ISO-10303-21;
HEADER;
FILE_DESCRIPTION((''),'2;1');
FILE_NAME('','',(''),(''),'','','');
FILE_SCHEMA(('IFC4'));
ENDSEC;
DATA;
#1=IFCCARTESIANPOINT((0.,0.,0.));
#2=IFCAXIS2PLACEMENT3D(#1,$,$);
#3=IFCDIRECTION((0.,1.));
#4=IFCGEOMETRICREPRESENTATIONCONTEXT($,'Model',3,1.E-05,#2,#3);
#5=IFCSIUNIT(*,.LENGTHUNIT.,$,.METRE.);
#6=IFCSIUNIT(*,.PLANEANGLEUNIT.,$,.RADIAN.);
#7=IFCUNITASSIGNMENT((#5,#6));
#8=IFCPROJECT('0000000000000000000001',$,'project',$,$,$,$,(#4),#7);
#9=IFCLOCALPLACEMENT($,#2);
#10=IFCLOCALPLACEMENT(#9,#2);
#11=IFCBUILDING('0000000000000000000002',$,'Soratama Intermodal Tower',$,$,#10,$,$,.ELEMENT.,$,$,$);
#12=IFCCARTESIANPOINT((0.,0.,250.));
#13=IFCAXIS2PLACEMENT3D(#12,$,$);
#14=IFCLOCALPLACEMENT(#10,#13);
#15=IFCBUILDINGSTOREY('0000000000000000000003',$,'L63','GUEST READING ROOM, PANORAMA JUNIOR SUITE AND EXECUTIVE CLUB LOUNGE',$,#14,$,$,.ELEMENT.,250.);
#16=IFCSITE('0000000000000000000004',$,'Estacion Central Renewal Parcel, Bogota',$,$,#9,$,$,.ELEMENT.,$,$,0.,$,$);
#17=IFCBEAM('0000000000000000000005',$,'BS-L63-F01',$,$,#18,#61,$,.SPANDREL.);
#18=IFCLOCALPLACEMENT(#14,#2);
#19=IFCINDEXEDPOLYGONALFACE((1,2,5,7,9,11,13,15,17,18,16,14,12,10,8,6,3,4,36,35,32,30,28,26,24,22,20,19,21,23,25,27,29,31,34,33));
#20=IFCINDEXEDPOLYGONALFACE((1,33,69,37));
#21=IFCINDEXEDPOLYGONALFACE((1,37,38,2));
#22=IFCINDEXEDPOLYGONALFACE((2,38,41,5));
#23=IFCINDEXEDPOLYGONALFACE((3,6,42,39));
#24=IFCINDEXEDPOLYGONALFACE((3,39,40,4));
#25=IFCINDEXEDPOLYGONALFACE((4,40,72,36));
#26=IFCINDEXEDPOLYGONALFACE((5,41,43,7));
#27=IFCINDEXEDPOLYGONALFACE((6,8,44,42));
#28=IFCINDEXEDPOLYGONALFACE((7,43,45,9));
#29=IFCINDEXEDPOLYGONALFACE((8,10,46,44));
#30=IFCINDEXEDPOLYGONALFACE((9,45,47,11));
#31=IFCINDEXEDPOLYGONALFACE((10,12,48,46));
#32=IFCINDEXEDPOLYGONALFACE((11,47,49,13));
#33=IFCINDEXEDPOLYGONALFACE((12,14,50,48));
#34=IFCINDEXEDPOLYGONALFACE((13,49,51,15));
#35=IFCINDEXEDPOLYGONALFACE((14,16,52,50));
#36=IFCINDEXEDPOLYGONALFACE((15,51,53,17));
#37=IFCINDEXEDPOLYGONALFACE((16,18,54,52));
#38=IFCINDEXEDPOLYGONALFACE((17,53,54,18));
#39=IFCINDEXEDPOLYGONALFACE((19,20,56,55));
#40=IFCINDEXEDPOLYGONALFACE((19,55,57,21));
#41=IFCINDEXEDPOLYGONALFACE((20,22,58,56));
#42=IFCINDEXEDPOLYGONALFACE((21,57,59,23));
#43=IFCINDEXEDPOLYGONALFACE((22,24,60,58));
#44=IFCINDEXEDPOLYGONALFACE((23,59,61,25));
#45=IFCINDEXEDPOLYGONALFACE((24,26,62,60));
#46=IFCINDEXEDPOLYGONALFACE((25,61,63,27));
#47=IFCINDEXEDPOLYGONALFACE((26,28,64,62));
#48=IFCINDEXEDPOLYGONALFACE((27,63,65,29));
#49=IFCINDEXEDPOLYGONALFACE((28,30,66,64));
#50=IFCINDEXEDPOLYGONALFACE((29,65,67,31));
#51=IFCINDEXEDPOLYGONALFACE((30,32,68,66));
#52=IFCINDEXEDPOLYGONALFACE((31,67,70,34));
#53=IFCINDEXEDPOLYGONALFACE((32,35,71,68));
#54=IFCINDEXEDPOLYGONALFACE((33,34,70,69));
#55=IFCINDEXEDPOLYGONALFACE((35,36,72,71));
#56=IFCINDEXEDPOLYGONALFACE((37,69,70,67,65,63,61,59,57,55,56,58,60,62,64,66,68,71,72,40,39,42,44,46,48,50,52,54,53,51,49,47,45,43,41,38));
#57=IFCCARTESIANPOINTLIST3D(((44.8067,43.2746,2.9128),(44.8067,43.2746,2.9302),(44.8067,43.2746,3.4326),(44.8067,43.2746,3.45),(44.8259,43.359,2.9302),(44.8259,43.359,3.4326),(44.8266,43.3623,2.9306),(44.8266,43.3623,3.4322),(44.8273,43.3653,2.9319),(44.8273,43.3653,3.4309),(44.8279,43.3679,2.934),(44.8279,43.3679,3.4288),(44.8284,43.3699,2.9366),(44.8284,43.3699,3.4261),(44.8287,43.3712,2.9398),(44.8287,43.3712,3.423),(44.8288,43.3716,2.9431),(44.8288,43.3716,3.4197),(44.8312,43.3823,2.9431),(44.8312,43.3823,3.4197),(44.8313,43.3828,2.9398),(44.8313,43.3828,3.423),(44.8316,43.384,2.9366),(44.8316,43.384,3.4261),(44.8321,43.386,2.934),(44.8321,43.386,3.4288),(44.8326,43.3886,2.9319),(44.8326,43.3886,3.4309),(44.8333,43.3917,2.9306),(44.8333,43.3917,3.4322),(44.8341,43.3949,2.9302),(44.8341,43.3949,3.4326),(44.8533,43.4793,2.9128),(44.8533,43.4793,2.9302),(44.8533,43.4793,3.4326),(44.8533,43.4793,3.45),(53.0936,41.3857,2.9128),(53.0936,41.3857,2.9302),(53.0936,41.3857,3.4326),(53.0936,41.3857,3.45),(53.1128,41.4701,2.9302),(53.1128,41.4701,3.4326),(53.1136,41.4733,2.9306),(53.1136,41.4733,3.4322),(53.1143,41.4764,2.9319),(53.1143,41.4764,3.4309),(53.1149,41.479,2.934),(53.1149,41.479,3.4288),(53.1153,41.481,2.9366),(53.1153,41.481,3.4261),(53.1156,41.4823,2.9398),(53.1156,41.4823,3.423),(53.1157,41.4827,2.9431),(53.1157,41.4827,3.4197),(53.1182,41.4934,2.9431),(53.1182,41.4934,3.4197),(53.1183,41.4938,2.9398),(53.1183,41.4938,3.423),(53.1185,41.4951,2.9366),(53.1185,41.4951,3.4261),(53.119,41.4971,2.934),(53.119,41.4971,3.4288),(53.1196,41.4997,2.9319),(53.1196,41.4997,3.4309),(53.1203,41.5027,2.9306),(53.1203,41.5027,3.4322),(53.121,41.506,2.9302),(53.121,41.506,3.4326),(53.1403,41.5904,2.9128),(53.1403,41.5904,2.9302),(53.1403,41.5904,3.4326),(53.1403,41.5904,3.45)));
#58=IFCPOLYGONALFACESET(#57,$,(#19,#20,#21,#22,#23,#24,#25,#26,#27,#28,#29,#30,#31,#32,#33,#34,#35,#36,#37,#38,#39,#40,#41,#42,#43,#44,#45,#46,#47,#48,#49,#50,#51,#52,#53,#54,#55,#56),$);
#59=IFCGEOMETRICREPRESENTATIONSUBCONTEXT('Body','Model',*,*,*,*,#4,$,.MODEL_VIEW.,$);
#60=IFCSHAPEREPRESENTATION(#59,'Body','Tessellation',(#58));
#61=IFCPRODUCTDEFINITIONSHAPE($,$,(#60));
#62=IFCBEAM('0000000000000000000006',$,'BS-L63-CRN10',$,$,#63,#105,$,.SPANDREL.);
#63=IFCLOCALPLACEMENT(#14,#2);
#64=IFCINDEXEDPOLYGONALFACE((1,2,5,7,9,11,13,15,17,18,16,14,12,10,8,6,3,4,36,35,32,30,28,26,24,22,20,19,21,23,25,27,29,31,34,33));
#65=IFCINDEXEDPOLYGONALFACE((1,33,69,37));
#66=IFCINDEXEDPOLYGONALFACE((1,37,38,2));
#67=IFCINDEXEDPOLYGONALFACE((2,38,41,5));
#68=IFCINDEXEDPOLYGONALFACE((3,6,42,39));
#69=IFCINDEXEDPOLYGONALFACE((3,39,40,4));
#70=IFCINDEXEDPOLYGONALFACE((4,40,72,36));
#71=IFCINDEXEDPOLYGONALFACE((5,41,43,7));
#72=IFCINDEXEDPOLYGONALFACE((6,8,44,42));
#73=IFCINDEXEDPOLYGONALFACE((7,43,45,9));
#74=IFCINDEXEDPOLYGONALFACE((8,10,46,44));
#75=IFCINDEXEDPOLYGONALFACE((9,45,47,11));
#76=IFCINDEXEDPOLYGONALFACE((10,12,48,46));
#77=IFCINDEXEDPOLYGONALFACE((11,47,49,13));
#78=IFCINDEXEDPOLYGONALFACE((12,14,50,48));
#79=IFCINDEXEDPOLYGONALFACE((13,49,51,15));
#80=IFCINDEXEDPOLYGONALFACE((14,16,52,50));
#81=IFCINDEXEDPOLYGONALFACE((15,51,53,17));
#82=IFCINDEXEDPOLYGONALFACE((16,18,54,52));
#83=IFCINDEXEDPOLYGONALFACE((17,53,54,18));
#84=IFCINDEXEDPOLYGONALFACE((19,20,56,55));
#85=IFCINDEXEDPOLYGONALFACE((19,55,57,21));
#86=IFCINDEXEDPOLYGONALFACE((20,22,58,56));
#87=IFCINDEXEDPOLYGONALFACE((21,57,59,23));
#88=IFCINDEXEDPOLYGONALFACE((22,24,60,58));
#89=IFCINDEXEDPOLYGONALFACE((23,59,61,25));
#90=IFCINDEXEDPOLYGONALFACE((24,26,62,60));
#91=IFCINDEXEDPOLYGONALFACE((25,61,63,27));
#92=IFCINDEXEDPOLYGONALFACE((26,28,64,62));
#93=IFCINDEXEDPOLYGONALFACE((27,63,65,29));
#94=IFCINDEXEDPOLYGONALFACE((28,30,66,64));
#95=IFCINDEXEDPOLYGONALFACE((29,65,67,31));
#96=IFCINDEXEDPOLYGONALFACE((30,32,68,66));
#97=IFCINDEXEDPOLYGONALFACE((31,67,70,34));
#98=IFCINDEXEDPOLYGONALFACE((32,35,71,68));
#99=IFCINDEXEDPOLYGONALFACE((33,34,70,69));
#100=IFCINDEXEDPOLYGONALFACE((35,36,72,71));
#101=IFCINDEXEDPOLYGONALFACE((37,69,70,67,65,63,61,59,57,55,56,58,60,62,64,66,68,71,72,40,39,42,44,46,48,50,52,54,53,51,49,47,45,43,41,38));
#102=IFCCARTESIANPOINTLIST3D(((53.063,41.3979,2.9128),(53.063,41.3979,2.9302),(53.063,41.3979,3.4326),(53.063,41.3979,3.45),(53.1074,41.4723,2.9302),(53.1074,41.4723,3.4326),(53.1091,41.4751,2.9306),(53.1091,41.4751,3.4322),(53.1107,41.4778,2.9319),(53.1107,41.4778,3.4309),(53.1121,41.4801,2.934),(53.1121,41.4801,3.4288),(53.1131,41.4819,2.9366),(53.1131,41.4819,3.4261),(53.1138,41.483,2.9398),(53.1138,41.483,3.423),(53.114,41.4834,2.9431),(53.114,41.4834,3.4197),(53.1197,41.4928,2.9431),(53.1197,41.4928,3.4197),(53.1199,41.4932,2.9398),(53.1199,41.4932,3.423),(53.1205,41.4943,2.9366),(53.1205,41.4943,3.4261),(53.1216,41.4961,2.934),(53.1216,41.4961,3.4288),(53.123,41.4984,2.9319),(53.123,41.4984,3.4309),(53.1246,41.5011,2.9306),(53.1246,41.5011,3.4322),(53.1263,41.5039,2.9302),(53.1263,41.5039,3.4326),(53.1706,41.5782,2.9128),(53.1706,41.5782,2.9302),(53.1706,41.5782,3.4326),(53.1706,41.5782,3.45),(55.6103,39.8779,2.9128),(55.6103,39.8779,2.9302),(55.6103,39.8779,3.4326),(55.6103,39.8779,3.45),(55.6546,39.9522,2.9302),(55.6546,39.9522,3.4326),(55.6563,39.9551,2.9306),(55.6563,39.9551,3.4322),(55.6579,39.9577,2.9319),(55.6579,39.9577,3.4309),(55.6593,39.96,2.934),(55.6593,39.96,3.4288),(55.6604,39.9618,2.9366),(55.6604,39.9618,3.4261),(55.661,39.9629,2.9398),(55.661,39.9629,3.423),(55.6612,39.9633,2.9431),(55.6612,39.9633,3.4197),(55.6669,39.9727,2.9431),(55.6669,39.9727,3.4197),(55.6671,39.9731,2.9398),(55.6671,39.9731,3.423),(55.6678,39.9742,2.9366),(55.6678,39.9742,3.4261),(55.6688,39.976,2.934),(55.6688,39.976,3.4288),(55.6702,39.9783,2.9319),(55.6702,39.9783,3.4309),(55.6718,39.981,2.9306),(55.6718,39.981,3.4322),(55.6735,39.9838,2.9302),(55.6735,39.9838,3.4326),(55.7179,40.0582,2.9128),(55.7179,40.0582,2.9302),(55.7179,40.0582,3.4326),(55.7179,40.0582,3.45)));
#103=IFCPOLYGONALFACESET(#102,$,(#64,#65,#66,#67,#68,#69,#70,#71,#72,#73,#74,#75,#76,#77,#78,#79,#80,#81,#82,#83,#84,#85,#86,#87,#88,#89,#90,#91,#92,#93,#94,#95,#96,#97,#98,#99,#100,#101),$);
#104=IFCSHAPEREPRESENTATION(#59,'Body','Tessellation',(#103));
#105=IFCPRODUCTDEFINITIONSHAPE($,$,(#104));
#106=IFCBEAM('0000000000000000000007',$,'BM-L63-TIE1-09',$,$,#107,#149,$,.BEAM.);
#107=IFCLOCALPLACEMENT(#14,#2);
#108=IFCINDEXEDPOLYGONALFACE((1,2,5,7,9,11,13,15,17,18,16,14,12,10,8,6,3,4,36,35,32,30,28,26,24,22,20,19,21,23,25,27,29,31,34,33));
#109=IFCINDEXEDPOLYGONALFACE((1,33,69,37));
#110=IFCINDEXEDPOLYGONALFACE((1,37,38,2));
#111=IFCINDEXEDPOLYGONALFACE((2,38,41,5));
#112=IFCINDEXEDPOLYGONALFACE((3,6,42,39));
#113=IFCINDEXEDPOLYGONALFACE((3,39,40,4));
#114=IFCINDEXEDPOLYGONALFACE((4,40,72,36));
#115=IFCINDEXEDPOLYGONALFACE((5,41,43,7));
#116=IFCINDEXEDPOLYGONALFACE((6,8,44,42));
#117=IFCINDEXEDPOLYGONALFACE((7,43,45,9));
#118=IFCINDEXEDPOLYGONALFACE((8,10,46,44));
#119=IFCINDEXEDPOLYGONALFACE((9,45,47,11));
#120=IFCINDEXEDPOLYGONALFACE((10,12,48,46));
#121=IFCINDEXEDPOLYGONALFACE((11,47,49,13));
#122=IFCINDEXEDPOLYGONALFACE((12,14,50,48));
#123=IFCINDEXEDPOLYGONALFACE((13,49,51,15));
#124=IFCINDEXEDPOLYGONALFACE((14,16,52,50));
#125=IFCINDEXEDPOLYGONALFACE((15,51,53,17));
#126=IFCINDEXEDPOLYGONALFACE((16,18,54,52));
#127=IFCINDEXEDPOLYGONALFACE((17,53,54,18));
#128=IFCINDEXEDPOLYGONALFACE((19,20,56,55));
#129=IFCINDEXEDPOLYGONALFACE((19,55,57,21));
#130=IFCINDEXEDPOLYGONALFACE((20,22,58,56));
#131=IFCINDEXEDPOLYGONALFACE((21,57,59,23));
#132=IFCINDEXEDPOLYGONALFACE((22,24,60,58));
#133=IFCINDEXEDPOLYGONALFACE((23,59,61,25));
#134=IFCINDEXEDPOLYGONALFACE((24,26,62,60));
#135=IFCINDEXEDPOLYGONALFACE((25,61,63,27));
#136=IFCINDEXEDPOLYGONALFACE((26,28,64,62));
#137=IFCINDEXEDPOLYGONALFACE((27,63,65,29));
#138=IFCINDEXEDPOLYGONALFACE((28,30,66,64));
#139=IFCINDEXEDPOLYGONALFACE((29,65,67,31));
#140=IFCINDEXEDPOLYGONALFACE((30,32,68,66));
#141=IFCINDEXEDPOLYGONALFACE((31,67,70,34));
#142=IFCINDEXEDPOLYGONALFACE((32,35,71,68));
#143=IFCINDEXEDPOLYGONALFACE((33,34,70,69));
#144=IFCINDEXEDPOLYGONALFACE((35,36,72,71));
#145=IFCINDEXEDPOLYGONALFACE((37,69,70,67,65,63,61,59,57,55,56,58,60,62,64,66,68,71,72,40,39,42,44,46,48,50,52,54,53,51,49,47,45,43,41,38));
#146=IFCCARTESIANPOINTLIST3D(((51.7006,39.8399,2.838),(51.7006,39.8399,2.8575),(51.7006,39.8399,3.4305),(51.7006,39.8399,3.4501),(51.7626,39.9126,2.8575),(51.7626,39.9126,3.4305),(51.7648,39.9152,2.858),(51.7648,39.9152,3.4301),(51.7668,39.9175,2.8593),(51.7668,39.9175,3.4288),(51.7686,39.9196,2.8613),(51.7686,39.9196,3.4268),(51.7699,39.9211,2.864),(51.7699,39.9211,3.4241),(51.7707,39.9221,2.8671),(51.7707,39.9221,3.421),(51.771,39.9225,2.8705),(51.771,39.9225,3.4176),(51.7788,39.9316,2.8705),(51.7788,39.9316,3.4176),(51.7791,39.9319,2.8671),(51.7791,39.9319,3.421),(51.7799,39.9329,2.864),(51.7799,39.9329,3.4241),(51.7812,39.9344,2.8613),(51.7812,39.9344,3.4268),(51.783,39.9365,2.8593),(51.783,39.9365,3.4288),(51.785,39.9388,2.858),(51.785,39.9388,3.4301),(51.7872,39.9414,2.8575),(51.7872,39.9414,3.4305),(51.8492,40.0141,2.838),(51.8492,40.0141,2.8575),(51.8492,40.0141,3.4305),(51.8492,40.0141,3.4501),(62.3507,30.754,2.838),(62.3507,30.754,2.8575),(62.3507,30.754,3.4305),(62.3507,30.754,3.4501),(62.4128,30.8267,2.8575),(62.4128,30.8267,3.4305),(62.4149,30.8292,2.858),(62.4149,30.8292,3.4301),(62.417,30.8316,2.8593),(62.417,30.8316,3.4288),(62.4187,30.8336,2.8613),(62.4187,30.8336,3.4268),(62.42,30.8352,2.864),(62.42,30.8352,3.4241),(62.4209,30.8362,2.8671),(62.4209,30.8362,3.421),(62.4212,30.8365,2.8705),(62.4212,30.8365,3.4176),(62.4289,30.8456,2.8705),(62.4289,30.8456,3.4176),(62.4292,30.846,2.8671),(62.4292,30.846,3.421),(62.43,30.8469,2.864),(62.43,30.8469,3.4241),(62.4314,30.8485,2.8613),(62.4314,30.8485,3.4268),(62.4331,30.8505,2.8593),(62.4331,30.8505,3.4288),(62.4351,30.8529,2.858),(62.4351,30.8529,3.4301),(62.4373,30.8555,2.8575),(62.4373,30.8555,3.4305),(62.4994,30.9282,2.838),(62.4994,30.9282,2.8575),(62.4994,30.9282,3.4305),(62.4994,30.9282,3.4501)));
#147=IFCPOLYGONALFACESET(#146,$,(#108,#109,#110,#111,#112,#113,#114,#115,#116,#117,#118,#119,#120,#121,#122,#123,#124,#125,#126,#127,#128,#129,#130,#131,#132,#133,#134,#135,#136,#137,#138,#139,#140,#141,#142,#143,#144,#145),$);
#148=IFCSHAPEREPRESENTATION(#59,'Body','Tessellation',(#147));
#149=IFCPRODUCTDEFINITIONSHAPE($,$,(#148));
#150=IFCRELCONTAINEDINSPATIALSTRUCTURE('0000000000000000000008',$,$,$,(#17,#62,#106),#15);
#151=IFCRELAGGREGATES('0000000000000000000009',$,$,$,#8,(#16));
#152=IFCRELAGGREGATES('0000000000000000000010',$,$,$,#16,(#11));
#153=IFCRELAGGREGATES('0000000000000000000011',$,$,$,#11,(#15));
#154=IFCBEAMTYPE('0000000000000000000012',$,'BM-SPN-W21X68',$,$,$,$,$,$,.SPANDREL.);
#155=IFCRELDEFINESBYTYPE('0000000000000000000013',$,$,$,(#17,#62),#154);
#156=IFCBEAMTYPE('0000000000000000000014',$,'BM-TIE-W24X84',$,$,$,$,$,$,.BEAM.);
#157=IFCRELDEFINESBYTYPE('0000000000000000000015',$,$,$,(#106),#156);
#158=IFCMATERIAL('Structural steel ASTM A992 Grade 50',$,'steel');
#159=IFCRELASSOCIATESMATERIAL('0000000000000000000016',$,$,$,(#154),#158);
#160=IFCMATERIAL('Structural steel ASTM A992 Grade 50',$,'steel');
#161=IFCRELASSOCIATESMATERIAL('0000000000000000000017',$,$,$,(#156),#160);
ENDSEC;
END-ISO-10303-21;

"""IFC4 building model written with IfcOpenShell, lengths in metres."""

from ifc_helpers import new_model, si_unit, direction, frame, origin, origin_2d, place, context, subcontext, project, spatial, i_section, extrude, material, material_profile, profile_set, type_object, element, save


model = new_model("IFC4")

# Units and contexts
model_context = context("Model", 3, precision=1e-05, world=origin(), true_north=direction((0.0, 1.0)))
body_context = subcontext(model_context, "Body", "Model", "MODEL_VIEW")
ifc_project = project(units=[si_unit("LENGTHUNIT", "METRE"), si_unit("PLANEANGLEUNIT", "RADIAN")], contexts=[model_context])

# Site, building, storey
site_placement = place(None, origin())
site = spatial("IfcSite", under=ifc_project, at=site_placement, Name="Estacion Central Renewal Parcel, Bogota", CompositionType="ELEMENT", RefElevation=0.0)
building_placement = place(site_placement, origin())
building = spatial("IfcBuilding", under=site, at=building_placement, Name="Soratama Intermodal Tower", CompositionType="ELEMENT")
storey_placement = place(building_placement, frame((0.0, 0.0, 250.0)))
storey = spatial("IfcBuildingStorey", under=building, at=storey_placement, Name="L63", Description="GUEST READING ROOM, PANORAMA JUNIOR SUITE AND EXECUTIVE CLUB LOUNGE", CompositionType="ELEMENT", Elevation=250.0)

# Beams
ifc_material_1 = material(Name="Structural steel ASTM A992 Grade 50", Category="steel")
ifc_material_profile_1 = material_profile(ifc_material_1, i_section(OverallWidth=0.21, OverallDepth=0.5371, WebThickness=0.011, FlangeThickness=0.0173, FilletRadius=0.0129, at=origin_2d()), Name="W21X68")
ifc_profile_set_1 = profile_set([ifc_material_profile_1], Name="Structural steel ASTM A992 Grade 50")
beam_type_1 = type_object("IfcBeamType", Name="BM-SPN-W21X68", PredefinedType="SPANDREL", material=ifc_profile_set_1)
beam_1_placement = place(storey_placement, frame((53.1169, 41.488, 3.1814), z_axis=(-0.974992, 0.222241, 0.0), x_axis=(-0.222241, -0.974992, 0.0)))
element("IfcBeam", 1, at=beam_1_placement, inside=storey, type_object=beam_type_1, Name="BS-L63-F01", PredefinedType="SPANDREL", context=body_context, shape_type="SweptSolid", body=[
    extrude(i_section(OverallWidth=0.21, OverallDepth=0.5371, WebThickness=0.011, FlangeThickness=0.0173, FilletRadius=0.0129, at=origin_2d()), origin(), (0.0, 0.0, 1.0), 8.4995),
])
beam_2_placement = place(storey_placement, frame((55.6641, 39.968, 3.1814), z_axis=(-0.858718, 0.512449, 0.0), x_axis=(-0.512449, -0.858718, 0.0)))
element("IfcBeam", 2, at=beam_2_placement, inside=storey, type_object=beam_type_1, Name="BS-L63-CRN10", PredefinedType="SPANDREL", context=body_context, shape_type="SweptSolid", body=[
    extrude(i_section(OverallWidth=0.21, OverallDepth=0.5371, WebThickness=0.011, FlangeThickness=0.0173, FilletRadius=0.0129, at=origin_2d()), origin(), (0.0, 0.0, 1.0), 2.9663),
])
ifc_material_2 = material(Name="Structural steel ASTM A992 Grade 50", Category="steel")
ifc_material_profile_2 = material_profile(ifc_material_2, i_section(OverallWidth=0.229, OverallDepth=0.6121, WebThickness=0.012, FlangeThickness=0.0195, FilletRadius=0.0129, at=origin_2d()), Name="W24X84")
ifc_profile_set_2 = profile_set([ifc_material_profile_2], Name="Structural steel ASTM A992 Grade 50")
beam_type_2 = type_object("IfcBeamType", Name="BM-TIE-W24X84", PredefinedType="BEAM", material=ifc_profile_set_2)
beam_3_placement = place(storey_placement, frame((51.7749, 39.927, 3.144), z_axis=(0.760764, -0.649029, 0.0), x_axis=(0.649029, 0.760764, 0.0)))
element("IfcBeam", 3, at=beam_3_placement, inside=storey, type_object=beam_type_2, Name="BM-L63-TIE1-09", PredefinedType="BEAM", context=body_context, shape_type="SweptSolid", body=[
    extrude(i_section(OverallWidth=0.229, OverallDepth=0.6121, WebThickness=0.012, FlangeThickness=0.0195, FilletRadius=0.0129, at=origin_2d()), origin(), (0.0, 0.0, 1.0), 13.9993),
])

save(model, "model.ifc")
